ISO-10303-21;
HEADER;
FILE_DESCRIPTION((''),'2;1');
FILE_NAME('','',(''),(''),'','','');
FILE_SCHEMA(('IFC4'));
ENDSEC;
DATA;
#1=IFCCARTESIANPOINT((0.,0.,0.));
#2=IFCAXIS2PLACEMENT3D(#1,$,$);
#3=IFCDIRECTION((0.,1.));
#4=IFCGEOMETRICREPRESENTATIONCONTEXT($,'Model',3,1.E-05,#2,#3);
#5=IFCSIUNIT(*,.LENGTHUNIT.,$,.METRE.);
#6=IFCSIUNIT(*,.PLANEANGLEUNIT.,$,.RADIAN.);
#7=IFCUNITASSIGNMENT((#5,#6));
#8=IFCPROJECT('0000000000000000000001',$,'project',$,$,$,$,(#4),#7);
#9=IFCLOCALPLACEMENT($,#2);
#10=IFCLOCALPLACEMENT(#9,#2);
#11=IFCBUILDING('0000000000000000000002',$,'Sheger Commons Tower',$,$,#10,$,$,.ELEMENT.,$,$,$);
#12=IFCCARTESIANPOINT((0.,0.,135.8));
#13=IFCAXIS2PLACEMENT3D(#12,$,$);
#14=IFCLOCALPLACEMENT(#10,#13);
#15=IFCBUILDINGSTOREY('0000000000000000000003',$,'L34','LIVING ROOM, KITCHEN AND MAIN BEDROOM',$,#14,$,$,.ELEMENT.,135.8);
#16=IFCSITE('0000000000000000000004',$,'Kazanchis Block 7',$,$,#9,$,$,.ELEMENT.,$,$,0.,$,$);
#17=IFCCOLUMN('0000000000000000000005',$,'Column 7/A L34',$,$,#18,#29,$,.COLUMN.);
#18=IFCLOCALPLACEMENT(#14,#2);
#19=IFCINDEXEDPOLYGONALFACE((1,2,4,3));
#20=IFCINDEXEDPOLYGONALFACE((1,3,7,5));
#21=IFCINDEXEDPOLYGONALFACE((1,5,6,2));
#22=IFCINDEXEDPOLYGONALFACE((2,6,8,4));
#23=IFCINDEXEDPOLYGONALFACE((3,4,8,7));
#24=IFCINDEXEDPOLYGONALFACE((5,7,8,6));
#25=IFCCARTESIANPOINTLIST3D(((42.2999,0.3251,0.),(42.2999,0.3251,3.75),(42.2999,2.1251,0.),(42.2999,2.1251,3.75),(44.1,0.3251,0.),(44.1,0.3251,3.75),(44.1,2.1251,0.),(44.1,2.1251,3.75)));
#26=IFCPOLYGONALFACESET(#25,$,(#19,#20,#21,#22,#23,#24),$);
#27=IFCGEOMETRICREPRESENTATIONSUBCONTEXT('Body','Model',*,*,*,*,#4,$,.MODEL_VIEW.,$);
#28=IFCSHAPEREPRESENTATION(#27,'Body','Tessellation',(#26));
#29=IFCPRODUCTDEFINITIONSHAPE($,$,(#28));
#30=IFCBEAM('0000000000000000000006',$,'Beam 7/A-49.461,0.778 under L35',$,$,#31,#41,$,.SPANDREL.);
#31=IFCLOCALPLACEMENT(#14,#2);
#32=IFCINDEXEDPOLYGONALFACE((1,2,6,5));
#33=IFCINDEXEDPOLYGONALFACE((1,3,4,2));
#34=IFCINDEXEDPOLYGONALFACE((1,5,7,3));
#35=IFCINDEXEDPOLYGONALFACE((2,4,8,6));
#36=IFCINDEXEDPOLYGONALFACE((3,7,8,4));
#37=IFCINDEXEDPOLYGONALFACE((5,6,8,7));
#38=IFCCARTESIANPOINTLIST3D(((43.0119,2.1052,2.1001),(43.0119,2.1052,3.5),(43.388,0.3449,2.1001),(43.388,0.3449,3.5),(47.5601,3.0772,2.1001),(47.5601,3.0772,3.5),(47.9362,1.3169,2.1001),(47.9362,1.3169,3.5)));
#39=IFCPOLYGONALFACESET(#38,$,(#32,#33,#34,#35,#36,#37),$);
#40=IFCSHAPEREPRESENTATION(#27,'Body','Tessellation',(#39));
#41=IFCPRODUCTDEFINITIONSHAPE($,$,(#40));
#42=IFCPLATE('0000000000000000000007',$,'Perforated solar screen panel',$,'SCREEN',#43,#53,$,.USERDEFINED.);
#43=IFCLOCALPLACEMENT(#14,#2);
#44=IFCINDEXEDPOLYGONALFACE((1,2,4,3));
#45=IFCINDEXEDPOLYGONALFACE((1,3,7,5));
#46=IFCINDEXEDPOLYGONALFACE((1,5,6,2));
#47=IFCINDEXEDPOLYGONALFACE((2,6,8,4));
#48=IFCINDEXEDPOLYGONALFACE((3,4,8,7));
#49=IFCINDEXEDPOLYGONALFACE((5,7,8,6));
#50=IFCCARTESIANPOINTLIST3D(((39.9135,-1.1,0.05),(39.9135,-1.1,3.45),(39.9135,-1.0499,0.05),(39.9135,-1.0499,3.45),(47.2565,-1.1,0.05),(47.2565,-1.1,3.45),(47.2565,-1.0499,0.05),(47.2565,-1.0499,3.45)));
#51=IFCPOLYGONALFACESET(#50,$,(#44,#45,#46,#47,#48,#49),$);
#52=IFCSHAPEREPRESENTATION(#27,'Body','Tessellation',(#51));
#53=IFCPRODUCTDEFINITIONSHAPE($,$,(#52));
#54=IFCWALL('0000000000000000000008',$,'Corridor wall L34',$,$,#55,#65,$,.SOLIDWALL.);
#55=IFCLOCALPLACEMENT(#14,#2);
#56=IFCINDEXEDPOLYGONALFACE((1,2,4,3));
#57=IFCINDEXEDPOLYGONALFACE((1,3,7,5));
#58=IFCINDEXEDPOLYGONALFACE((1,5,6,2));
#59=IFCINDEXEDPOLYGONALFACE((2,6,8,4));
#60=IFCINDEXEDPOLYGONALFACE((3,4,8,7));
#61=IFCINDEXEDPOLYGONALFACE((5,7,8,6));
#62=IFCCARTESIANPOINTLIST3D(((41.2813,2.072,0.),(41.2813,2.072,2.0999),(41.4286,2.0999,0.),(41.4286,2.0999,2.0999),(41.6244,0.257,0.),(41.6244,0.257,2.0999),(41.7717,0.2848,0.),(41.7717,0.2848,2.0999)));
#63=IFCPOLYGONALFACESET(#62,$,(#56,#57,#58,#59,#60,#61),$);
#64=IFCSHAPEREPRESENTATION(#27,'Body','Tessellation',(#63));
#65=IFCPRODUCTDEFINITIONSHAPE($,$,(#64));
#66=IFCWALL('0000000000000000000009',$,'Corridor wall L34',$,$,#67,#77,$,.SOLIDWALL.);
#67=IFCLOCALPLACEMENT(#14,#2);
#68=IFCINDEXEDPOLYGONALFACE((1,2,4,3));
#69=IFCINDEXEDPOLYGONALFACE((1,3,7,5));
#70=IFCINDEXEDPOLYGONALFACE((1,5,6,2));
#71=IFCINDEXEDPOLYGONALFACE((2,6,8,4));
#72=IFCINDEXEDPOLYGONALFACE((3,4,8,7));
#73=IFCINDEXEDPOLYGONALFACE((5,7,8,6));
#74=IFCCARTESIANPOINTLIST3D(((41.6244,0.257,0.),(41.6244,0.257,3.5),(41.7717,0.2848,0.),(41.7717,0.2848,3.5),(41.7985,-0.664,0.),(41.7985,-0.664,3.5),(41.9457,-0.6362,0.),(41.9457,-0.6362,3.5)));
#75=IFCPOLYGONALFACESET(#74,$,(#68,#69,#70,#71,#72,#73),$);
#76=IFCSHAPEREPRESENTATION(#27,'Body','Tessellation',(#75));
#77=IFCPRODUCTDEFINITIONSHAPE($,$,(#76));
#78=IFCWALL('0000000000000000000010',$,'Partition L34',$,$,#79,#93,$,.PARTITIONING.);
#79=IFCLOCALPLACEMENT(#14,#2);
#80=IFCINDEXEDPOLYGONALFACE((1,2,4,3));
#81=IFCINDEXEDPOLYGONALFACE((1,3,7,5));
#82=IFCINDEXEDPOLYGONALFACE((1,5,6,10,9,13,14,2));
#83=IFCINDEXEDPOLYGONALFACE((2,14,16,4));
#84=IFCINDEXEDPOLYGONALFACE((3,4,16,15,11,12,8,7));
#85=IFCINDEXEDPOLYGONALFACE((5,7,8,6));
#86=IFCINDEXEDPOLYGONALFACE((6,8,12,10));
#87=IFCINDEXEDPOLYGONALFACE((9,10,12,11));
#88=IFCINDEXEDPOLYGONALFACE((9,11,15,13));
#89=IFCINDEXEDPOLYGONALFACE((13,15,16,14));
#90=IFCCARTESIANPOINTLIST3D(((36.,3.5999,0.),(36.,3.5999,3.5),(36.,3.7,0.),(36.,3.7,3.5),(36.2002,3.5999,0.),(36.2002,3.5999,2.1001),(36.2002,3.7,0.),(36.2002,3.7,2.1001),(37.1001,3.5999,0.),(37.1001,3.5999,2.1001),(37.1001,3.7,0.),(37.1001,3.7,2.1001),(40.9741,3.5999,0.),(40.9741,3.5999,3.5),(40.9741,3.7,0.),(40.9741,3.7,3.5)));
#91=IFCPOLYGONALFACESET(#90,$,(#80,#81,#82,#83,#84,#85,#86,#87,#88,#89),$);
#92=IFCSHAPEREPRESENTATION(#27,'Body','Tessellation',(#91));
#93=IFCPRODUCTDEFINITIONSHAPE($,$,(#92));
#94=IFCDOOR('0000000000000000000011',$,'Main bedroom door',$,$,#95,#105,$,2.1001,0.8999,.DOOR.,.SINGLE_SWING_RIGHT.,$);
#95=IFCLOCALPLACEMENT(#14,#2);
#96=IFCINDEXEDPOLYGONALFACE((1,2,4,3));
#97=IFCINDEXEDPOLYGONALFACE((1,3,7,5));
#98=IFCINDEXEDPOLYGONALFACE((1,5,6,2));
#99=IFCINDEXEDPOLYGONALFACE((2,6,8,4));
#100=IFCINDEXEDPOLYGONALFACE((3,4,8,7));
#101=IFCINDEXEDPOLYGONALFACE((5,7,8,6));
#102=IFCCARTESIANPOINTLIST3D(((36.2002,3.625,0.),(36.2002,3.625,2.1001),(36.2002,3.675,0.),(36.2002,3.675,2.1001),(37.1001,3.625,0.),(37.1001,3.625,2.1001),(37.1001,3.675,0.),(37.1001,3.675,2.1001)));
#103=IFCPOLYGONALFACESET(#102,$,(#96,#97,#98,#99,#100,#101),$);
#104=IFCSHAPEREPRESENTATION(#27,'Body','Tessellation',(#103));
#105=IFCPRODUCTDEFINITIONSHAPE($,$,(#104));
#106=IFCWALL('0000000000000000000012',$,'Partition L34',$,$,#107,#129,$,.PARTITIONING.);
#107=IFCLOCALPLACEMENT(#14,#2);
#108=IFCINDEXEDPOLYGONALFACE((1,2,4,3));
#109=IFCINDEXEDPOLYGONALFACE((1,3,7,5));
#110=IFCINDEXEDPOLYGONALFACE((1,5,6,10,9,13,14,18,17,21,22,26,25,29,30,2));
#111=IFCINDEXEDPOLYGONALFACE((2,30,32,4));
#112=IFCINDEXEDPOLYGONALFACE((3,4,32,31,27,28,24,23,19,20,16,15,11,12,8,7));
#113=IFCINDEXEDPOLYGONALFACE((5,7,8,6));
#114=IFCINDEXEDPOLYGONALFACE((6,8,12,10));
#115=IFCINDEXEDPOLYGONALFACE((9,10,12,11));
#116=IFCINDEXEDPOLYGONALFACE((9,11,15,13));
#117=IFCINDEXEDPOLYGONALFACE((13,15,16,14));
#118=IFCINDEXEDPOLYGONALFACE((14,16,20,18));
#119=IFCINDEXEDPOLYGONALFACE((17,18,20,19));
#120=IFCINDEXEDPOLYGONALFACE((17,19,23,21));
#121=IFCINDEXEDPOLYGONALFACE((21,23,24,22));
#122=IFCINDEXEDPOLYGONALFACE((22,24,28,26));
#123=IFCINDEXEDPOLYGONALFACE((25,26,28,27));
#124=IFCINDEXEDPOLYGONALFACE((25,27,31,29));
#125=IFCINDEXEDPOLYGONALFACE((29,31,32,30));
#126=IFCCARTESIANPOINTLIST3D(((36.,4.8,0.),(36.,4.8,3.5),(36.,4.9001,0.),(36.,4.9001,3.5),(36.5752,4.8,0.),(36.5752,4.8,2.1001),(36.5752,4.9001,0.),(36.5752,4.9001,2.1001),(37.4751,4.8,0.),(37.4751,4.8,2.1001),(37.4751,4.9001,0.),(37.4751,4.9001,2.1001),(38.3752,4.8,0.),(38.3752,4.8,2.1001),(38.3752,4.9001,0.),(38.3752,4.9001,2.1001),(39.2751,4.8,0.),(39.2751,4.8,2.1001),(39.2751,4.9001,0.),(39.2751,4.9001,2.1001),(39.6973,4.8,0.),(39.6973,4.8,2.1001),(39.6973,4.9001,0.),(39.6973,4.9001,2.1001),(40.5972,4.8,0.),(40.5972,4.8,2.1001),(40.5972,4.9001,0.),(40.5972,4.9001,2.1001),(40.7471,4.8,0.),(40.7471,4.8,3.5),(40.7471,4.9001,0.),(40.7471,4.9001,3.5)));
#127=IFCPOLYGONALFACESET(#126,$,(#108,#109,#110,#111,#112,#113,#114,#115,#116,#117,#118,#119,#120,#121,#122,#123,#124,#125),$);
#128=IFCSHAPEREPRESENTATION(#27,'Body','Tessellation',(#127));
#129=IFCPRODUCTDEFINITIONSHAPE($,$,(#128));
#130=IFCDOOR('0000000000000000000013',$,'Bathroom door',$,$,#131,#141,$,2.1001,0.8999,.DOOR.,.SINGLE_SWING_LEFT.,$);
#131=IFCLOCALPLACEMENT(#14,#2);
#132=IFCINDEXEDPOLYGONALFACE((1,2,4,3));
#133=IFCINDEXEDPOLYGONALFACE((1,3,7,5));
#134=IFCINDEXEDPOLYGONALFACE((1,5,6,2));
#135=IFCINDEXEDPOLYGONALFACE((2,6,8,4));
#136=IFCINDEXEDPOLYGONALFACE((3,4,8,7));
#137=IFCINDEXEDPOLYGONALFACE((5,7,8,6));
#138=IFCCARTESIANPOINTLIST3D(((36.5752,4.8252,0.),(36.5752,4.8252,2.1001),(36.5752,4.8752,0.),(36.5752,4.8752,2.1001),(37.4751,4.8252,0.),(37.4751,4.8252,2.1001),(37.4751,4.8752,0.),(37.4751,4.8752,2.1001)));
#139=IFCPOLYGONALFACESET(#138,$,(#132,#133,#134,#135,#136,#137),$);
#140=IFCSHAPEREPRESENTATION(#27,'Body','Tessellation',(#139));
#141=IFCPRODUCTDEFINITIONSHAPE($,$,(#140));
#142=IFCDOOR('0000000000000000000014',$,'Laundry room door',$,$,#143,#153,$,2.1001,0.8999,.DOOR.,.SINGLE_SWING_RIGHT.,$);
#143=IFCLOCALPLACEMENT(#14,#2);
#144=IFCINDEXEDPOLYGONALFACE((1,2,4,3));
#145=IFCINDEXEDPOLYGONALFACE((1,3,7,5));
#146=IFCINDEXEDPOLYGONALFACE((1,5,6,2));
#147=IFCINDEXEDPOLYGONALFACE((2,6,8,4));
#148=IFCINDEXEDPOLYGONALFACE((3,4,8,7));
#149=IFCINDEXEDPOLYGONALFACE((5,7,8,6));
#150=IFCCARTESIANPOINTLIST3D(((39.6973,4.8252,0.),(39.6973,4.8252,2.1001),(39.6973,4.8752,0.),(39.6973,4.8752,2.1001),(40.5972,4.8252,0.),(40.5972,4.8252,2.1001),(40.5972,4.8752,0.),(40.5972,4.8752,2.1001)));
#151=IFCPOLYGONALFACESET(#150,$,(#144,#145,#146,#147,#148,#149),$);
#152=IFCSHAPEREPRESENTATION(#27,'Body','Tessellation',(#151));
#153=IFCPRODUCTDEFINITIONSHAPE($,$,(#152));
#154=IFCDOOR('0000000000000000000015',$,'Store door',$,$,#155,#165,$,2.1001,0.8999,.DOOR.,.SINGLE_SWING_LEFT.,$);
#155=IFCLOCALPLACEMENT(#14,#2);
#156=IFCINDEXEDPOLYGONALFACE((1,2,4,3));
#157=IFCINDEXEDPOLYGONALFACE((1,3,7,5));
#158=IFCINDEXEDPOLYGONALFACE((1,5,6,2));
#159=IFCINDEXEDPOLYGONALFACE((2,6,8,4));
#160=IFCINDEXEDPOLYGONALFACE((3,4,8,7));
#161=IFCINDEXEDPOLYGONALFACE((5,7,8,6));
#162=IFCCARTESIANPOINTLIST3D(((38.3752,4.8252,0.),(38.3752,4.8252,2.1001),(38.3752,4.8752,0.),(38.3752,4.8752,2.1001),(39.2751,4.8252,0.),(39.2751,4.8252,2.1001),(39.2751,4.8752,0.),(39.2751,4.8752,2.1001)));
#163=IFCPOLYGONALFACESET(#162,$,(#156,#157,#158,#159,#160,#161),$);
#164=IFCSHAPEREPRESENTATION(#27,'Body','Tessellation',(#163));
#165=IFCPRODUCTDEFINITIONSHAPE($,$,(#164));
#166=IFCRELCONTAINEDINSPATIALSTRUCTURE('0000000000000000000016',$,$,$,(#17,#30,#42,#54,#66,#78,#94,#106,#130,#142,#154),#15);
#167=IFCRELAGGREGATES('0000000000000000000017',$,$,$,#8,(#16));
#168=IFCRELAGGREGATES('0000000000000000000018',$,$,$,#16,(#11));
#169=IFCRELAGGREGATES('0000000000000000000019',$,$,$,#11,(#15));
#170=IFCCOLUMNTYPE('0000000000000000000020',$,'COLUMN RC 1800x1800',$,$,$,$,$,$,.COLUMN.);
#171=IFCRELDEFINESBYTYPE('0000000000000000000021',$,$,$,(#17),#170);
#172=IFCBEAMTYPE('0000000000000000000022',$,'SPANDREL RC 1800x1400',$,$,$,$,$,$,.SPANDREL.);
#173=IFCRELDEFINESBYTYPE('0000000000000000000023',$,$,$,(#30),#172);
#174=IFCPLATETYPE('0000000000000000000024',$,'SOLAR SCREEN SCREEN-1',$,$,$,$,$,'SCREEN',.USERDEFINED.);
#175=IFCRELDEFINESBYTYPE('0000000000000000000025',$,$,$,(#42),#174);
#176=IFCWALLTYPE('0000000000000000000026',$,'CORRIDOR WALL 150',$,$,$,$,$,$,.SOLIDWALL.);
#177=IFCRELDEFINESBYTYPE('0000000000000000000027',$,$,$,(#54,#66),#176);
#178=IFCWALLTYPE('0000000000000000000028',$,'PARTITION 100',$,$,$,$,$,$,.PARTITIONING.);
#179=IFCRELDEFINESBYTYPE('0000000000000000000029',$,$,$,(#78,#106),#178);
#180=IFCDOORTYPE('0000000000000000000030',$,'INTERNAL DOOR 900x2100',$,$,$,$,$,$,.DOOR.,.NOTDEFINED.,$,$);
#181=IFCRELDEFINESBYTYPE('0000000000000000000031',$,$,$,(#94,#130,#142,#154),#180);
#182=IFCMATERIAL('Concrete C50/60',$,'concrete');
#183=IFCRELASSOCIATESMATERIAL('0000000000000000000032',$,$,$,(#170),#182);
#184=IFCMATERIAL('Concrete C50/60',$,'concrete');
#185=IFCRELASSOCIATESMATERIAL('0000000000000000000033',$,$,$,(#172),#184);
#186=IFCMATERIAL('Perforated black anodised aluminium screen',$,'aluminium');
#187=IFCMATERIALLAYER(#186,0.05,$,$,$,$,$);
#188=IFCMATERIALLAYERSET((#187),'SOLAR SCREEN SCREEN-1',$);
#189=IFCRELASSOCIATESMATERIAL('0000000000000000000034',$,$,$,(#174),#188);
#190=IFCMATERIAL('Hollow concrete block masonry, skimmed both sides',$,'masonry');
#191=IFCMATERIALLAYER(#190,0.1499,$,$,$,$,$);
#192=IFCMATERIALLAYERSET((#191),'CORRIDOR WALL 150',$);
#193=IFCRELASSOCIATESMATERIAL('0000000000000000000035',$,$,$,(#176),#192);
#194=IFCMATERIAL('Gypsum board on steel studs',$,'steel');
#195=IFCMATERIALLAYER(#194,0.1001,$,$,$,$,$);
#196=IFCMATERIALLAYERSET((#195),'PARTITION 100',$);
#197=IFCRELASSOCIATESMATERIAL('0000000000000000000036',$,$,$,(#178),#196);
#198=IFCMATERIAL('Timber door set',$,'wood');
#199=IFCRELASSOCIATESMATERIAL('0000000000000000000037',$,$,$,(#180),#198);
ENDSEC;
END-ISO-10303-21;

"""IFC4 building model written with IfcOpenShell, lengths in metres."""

from ifc_helpers import new_model, si_unit, direction, frame, frame_2d, origin, origin_2d, place, context, subcontext, project, spatial, rectangle, extrude, material, layer, layer_set, material_profile, profile_set, type_object, element, fill, save


model = new_model("IFC4")

# Units and contexts
model_context = context("Model", 3, precision=1e-05, world=origin(), true_north=direction((0.0, 1.0)))
body_context = subcontext(model_context, "Body", "Model", "MODEL_VIEW")
ifc_project = project(units=[si_unit("LENGTHUNIT", "METRE"), si_unit("PLANEANGLEUNIT", "RADIAN")], contexts=[model_context])

# Site, building, storey
site_placement = place(None, origin())
site = spatial("IfcSite", under=ifc_project, at=site_placement, Name="Kazanchis Block 7", CompositionType="ELEMENT", RefElevation=0.0)
building_placement = place(site_placement, origin())
building = spatial("IfcBuilding", under=site, at=building_placement, Name="Sheger Commons Tower", CompositionType="ELEMENT")
storey_placement = place(building_placement, frame((0.0, 0.0, 135.8)))
storey = spatial("IfcBuildingStorey", under=building, at=storey_placement, Name="L34", Description="LIVING ROOM, KITCHEN AND MAIN BEDROOM", CompositionType="ELEMENT", Elevation=135.8)

# Column
ifc_material_1 = material(Name="Concrete C50/60", Category="concrete")
ifc_material_profile_1 = material_profile(ifc_material_1, rectangle(XDim=1.8, YDim=1.8, at=origin_2d()), Name="RC 1800x1800")
ifc_profile_set_1 = profile_set([ifc_material_profile_1], Name="Concrete C50/60")
column_type = type_object("IfcColumnType", Name="COLUMN RC 1800x1800", PredefinedType="COLUMN", material=ifc_profile_set_1)
column_placement = place(storey_placement, frame((43.2, 1.2251, 0.0), z_axis=(0.0, 0.0, 1.0), x_axis=(1.0, 0.0, 0.0)))
element("IfcColumn", 1, at=column_placement, inside=storey, type_object=column_type, Name="Column 7/A L34", PredefinedType="COLUMN", context=body_context, shape_type="SweptSolid", body=[
    extrude(rectangle(XDim=1.8, YDim=1.8, at=origin_2d()), origin(), (0.0, 0.0, 1.0), 3.75),
])

# Beam
ifc_material_2 = material(Name="Concrete C50/60", Category="concrete")
ifc_material_profile_2 = material_profile(ifc_material_2, rectangle(XDim=1.8, YDim=1.3999, at=origin_2d()), Name="RC 1800x1400")
ifc_profile_set_2 = profile_set([ifc_material_profile_2], Name="Concrete C50/60")
beam_type = type_object("IfcBeamType", Name="SPANDREL RC 1800x1400", PredefinedType="SPANDREL", material=ifc_profile_set_2)
beam_placement = place(storey_placement, frame((43.2, 1.2251, 2.8), z_axis=(0.97792, 0.208981, 0.0), x_axis=(-0.208981, 0.97792, 0.0)))
element("IfcBeam", 2, at=beam_placement, inside=storey, type_object=beam_type, Name="Beam 7/A-49.461,0.778 under L35", PredefinedType="SPANDREL", context=body_context, shape_type="SweptSolid", body=[
    extrude(rectangle(XDim=1.8, YDim=1.3999, at=origin_2d()), origin(), (0.0, 0.0, 1.0), 4.6509),
])

# Plate
ifc_material_3 = material(Name="Perforated black anodised aluminium screen", Category="aluminium")
ifc_layer_1 = layer(ifc_material_3, 0.05)
ifc_layer_set_1 = layer_set([ifc_layer_1], Name="SOLAR SCREEN SCREEN-1")
plate_type = type_object("IfcPlateType", Name="SOLAR SCREEN SCREEN-1", ElementType="SCREEN", PredefinedType="USERDEFINED", material=ifc_layer_set_1)
plate_placement = place(storey_placement, frame((43.585, -1.075, 0.05), z_axis=(0.0, 0.0, 1.0), x_axis=(1.0, 0.0, 0.0)))
element("IfcPlate", 3, at=plate_placement, inside=storey, type_object=plate_type, Name="Perforated solar screen panel", ObjectType="SCREEN", PredefinedType="USERDEFINED", context=body_context, shape_type="SweptSolid", body=[
    extrude(rectangle(XDim=7.343, YDim=0.05, at=origin_2d()), origin(), (0.0, 0.0, 1.0), 3.3999),
])

# Walls
ifc_material_4 = material(Name="Hollow concrete block masonry, skimmed both sides", Category="masonry")
ifc_layer_2 = layer(ifc_material_4, 0.1499)
ifc_layer_set_2 = layer_set([ifc_layer_2], Name="CORRIDOR WALL 150")
wall_type_1 = type_object("IfcWallType", Name="CORRIDOR WALL 150", PredefinedType="SOLIDWALL", material=ifc_layer_set_2)
wall_1_placement = place(storey_placement, frame((41.355, 2.0859, 0.0), z_axis=(0.0, 0.0, 1.0), x_axis=(0.185709, -0.982605, 0.0)))
element("IfcWall", 4, at=wall_1_placement, inside=storey, type_object=wall_type_1, Name="Corridor wall L34", PredefinedType="SOLIDWALL", context=body_context, shape_type="SweptSolid", body=[
    extrude(rectangle(XDim=1.8472, YDim=0.1499, at=frame_2d((0.9236, 0.0))), origin(), (0.0, 0.0, 1.0), 2.0999),
])
wall_2_placement = place(storey_placement, frame((41.698, 0.271, 0.0), z_axis=(0.0, 0.0, 1.0), x_axis=(0.185735, -0.9826, 0.0)))
element("IfcWall", 5, at=wall_2_placement, inside=storey, type_object=wall_type_1, Name="Corridor wall L34", PredefinedType="SOLIDWALL", context=body_context, shape_type="SweptSolid", body=[
    extrude(rectangle(XDim=0.9373, YDim=0.1499, at=frame_2d((0.4688, 0.0))), origin(), (0.0, 0.0, 1.0), 3.5),
])

# Wall, opening, door
ifc_material_5 = material(Name="Gypsum board on steel studs", Category="steel")
ifc_layer_3 = layer(ifc_material_5, 0.1001)
ifc_layer_set_3 = layer_set([ifc_layer_3], Name="PARTITION 100")
wall_type_2 = type_object("IfcWallType", Name="PARTITION 100", PredefinedType="PARTITIONING", material=ifc_layer_set_3)
wall_3_placement = place(storey_placement, frame((40.9741, 3.6499, 0.0), z_axis=(0.0, 0.0, 1.0), x_axis=(-1.0, 0.0, 0.0)))
wall_3 = element("IfcWall", 6, at=wall_3_placement, inside=storey, type_object=wall_type_2, Name="Partition L34", PredefinedType="PARTITIONING", context=body_context, shape_type="SweptSolid", body=[
    extrude(rectangle(XDim=4.9741, YDim=0.1001, at=frame_2d((2.4871, 0.0))), origin(), (0.0, 0.0, 1.0), 3.5),
])
opening_1_placement = place(wall_3_placement, frame((3.874, 0.0, 0.0)))
opening_1 = element("IfcOpeningElement", 7, at=opening_1_placement, cuts=wall_3, PredefinedType="OPENING", context=body_context, shape_type="SweptSolid", body=[
    extrude(rectangle(XDim=0.8999, YDim=2.1001, at=frame_2d((0.45, 1.05))), frame((0.0, 0.0601, 0.0), z_axis=(0.0, -1.0, 0.0), x_axis=(1.0, 0.0, 0.0)), (0.0, 0.0, 1.0), 0.1201),
])
ifc_material_6 = material(Name="Timber door set", Category="wood")
door_type = type_object("IfcDoorType", Name="INTERNAL DOOR 900x2100", OperationType="NOTDEFINED", PredefinedType="DOOR", material=ifc_material_6)
door_1_placement = place(opening_1_placement, origin())
door_1 = element("IfcDoor", 8, at=door_1_placement, inside=storey, type_object=door_type, Name="Main bedroom door", OperationType="SINGLE_SWING_RIGHT", OverallHeight=2.1001, OverallWidth=0.8999, PredefinedType="DOOR", context=body_context, shape_type="SweptSolid", body=[
    extrude(rectangle(XDim=0.8999, YDim=2.1001, at=frame_2d((0.45, 1.05))), frame((0.0, 0.0249, 0.0), z_axis=(0.0, -1.0, 0.0), x_axis=(1.0, 0.0, 0.0)), (0.0, 0.0, 1.0), 0.05),
])
fill(opening_1, door_1)

# Wall, openings, doors
wall_4_placement = place(storey_placement, frame((40.7471, 4.8501, 0.0), z_axis=(0.0, 0.0, 1.0), x_axis=(-1.0, 0.0, 0.0)))
wall_4 = element("IfcWall", 9, at=wall_4_placement, inside=storey, type_object=wall_type_2, Name="Partition L34", PredefinedType="PARTITIONING", context=body_context, shape_type="SweptSolid", body=[
    extrude(rectangle(XDim=4.7471, YDim=0.1001, at=frame_2d((2.3735, 0.0))), origin(), (0.0, 0.0, 1.0), 3.5),
])
opening_2_placement = place(wall_4_placement, frame((3.272, 0.0, 0.0)))
opening_2 = element("IfcOpeningElement", 10, at=opening_2_placement, cuts=wall_4, PredefinedType="OPENING", context=body_context, shape_type="SweptSolid", body=[
    extrude(rectangle(XDim=0.8999, YDim=2.1001, at=frame_2d((0.45, 1.05))), frame((0.0, 0.0601, 0.0), z_axis=(0.0, -1.0, 0.0), x_axis=(1.0, 0.0, 0.0)), (0.0, 0.0, 1.0), 0.1201),
])
opening_3_placement = place(wall_4_placement, frame((0.1499, 0.0, 0.0)))
opening_3 = element("IfcOpeningElement", 11, at=opening_3_placement, cuts=wall_4, PredefinedType="OPENING", context=body_context, shape_type="SweptSolid", body=[
    extrude(rectangle(XDim=0.8999, YDim=2.1001, at=frame_2d((0.45, 1.05))), frame((0.0, 0.0601, 0.0), z_axis=(0.0, -1.0, 0.0), x_axis=(1.0, 0.0, 0.0)), (0.0, 0.0, 1.0), 0.1201),
])
opening_4_placement = place(wall_4_placement, frame((1.4719, 0.0, 0.0)))
opening_4 = element("IfcOpeningElement", 12, at=opening_4_placement, cuts=wall_4, PredefinedType="OPENING", context=body_context, shape_type="SweptSolid", body=[
    extrude(rectangle(XDim=0.8999, YDim=2.1001, at=frame_2d((0.45, 1.05))), frame((0.0, 0.0601, 0.0), z_axis=(0.0, -1.0, 0.0), x_axis=(1.0, 0.0, 0.0)), (0.0, 0.0, 1.0), 0.1201),
])
door_2_placement = place(opening_2_placement, origin())
door_2 = element("IfcDoor", 13, at=door_2_placement, inside=storey, type_object=door_type, Name="Bathroom door", OperationType="SINGLE_SWING_LEFT", OverallHeight=2.1001, OverallWidth=0.8999, PredefinedType="DOOR", context=body_context, shape_type="SweptSolid", body=[
    extrude(rectangle(XDim=0.8999, YDim=2.1001, at=frame_2d((0.45, 1.05))), frame((0.0, 0.0249, 0.0), z_axis=(0.0, -1.0, 0.0), x_axis=(1.0, 0.0, 0.0)), (0.0, 0.0, 1.0), 0.05),
])
fill(opening_2, door_2)
door_3_placement = place(opening_3_placement, origin())
door_3 = element("IfcDoor", 14, at=door_3_placement, inside=storey, type_object=door_type, Name="Laundry room door", OperationType="SINGLE_SWING_RIGHT", OverallHeight=2.1001, OverallWidth=0.8999, PredefinedType="DOOR", context=body_context, shape_type="SweptSolid", body=[
    extrude(rectangle(XDim=0.8999, YDim=2.1001, at=frame_2d((0.45, 1.05))), frame((0.0, 0.0249, 0.0), z_axis=(0.0, -1.0, 0.0), x_axis=(1.0, 0.0, 0.0)), (0.0, 0.0, 1.0), 0.05),
])
fill(opening_3, door_3)
door_4_placement = place(opening_4_placement, origin())
door_4 = element("IfcDoor", 15, at=door_4_placement, inside=storey, type_object=door_type, Name="Store door", OperationType="SINGLE_SWING_LEFT", OverallHeight=2.1001, OverallWidth=0.8999, PredefinedType="DOOR", context=body_context, shape_type="SweptSolid", body=[
    extrude(rectangle(XDim=0.8999, YDim=2.1001, at=frame_2d((0.45, 1.05))), frame((0.0, 0.0249, 0.0), z_axis=(0.0, -1.0, 0.0), x_axis=(1.0, 0.0, 0.0)), (0.0, 0.0, 1.0), 0.05),
])
fill(opening_4, door_4)

save(model, "model.ifc")
